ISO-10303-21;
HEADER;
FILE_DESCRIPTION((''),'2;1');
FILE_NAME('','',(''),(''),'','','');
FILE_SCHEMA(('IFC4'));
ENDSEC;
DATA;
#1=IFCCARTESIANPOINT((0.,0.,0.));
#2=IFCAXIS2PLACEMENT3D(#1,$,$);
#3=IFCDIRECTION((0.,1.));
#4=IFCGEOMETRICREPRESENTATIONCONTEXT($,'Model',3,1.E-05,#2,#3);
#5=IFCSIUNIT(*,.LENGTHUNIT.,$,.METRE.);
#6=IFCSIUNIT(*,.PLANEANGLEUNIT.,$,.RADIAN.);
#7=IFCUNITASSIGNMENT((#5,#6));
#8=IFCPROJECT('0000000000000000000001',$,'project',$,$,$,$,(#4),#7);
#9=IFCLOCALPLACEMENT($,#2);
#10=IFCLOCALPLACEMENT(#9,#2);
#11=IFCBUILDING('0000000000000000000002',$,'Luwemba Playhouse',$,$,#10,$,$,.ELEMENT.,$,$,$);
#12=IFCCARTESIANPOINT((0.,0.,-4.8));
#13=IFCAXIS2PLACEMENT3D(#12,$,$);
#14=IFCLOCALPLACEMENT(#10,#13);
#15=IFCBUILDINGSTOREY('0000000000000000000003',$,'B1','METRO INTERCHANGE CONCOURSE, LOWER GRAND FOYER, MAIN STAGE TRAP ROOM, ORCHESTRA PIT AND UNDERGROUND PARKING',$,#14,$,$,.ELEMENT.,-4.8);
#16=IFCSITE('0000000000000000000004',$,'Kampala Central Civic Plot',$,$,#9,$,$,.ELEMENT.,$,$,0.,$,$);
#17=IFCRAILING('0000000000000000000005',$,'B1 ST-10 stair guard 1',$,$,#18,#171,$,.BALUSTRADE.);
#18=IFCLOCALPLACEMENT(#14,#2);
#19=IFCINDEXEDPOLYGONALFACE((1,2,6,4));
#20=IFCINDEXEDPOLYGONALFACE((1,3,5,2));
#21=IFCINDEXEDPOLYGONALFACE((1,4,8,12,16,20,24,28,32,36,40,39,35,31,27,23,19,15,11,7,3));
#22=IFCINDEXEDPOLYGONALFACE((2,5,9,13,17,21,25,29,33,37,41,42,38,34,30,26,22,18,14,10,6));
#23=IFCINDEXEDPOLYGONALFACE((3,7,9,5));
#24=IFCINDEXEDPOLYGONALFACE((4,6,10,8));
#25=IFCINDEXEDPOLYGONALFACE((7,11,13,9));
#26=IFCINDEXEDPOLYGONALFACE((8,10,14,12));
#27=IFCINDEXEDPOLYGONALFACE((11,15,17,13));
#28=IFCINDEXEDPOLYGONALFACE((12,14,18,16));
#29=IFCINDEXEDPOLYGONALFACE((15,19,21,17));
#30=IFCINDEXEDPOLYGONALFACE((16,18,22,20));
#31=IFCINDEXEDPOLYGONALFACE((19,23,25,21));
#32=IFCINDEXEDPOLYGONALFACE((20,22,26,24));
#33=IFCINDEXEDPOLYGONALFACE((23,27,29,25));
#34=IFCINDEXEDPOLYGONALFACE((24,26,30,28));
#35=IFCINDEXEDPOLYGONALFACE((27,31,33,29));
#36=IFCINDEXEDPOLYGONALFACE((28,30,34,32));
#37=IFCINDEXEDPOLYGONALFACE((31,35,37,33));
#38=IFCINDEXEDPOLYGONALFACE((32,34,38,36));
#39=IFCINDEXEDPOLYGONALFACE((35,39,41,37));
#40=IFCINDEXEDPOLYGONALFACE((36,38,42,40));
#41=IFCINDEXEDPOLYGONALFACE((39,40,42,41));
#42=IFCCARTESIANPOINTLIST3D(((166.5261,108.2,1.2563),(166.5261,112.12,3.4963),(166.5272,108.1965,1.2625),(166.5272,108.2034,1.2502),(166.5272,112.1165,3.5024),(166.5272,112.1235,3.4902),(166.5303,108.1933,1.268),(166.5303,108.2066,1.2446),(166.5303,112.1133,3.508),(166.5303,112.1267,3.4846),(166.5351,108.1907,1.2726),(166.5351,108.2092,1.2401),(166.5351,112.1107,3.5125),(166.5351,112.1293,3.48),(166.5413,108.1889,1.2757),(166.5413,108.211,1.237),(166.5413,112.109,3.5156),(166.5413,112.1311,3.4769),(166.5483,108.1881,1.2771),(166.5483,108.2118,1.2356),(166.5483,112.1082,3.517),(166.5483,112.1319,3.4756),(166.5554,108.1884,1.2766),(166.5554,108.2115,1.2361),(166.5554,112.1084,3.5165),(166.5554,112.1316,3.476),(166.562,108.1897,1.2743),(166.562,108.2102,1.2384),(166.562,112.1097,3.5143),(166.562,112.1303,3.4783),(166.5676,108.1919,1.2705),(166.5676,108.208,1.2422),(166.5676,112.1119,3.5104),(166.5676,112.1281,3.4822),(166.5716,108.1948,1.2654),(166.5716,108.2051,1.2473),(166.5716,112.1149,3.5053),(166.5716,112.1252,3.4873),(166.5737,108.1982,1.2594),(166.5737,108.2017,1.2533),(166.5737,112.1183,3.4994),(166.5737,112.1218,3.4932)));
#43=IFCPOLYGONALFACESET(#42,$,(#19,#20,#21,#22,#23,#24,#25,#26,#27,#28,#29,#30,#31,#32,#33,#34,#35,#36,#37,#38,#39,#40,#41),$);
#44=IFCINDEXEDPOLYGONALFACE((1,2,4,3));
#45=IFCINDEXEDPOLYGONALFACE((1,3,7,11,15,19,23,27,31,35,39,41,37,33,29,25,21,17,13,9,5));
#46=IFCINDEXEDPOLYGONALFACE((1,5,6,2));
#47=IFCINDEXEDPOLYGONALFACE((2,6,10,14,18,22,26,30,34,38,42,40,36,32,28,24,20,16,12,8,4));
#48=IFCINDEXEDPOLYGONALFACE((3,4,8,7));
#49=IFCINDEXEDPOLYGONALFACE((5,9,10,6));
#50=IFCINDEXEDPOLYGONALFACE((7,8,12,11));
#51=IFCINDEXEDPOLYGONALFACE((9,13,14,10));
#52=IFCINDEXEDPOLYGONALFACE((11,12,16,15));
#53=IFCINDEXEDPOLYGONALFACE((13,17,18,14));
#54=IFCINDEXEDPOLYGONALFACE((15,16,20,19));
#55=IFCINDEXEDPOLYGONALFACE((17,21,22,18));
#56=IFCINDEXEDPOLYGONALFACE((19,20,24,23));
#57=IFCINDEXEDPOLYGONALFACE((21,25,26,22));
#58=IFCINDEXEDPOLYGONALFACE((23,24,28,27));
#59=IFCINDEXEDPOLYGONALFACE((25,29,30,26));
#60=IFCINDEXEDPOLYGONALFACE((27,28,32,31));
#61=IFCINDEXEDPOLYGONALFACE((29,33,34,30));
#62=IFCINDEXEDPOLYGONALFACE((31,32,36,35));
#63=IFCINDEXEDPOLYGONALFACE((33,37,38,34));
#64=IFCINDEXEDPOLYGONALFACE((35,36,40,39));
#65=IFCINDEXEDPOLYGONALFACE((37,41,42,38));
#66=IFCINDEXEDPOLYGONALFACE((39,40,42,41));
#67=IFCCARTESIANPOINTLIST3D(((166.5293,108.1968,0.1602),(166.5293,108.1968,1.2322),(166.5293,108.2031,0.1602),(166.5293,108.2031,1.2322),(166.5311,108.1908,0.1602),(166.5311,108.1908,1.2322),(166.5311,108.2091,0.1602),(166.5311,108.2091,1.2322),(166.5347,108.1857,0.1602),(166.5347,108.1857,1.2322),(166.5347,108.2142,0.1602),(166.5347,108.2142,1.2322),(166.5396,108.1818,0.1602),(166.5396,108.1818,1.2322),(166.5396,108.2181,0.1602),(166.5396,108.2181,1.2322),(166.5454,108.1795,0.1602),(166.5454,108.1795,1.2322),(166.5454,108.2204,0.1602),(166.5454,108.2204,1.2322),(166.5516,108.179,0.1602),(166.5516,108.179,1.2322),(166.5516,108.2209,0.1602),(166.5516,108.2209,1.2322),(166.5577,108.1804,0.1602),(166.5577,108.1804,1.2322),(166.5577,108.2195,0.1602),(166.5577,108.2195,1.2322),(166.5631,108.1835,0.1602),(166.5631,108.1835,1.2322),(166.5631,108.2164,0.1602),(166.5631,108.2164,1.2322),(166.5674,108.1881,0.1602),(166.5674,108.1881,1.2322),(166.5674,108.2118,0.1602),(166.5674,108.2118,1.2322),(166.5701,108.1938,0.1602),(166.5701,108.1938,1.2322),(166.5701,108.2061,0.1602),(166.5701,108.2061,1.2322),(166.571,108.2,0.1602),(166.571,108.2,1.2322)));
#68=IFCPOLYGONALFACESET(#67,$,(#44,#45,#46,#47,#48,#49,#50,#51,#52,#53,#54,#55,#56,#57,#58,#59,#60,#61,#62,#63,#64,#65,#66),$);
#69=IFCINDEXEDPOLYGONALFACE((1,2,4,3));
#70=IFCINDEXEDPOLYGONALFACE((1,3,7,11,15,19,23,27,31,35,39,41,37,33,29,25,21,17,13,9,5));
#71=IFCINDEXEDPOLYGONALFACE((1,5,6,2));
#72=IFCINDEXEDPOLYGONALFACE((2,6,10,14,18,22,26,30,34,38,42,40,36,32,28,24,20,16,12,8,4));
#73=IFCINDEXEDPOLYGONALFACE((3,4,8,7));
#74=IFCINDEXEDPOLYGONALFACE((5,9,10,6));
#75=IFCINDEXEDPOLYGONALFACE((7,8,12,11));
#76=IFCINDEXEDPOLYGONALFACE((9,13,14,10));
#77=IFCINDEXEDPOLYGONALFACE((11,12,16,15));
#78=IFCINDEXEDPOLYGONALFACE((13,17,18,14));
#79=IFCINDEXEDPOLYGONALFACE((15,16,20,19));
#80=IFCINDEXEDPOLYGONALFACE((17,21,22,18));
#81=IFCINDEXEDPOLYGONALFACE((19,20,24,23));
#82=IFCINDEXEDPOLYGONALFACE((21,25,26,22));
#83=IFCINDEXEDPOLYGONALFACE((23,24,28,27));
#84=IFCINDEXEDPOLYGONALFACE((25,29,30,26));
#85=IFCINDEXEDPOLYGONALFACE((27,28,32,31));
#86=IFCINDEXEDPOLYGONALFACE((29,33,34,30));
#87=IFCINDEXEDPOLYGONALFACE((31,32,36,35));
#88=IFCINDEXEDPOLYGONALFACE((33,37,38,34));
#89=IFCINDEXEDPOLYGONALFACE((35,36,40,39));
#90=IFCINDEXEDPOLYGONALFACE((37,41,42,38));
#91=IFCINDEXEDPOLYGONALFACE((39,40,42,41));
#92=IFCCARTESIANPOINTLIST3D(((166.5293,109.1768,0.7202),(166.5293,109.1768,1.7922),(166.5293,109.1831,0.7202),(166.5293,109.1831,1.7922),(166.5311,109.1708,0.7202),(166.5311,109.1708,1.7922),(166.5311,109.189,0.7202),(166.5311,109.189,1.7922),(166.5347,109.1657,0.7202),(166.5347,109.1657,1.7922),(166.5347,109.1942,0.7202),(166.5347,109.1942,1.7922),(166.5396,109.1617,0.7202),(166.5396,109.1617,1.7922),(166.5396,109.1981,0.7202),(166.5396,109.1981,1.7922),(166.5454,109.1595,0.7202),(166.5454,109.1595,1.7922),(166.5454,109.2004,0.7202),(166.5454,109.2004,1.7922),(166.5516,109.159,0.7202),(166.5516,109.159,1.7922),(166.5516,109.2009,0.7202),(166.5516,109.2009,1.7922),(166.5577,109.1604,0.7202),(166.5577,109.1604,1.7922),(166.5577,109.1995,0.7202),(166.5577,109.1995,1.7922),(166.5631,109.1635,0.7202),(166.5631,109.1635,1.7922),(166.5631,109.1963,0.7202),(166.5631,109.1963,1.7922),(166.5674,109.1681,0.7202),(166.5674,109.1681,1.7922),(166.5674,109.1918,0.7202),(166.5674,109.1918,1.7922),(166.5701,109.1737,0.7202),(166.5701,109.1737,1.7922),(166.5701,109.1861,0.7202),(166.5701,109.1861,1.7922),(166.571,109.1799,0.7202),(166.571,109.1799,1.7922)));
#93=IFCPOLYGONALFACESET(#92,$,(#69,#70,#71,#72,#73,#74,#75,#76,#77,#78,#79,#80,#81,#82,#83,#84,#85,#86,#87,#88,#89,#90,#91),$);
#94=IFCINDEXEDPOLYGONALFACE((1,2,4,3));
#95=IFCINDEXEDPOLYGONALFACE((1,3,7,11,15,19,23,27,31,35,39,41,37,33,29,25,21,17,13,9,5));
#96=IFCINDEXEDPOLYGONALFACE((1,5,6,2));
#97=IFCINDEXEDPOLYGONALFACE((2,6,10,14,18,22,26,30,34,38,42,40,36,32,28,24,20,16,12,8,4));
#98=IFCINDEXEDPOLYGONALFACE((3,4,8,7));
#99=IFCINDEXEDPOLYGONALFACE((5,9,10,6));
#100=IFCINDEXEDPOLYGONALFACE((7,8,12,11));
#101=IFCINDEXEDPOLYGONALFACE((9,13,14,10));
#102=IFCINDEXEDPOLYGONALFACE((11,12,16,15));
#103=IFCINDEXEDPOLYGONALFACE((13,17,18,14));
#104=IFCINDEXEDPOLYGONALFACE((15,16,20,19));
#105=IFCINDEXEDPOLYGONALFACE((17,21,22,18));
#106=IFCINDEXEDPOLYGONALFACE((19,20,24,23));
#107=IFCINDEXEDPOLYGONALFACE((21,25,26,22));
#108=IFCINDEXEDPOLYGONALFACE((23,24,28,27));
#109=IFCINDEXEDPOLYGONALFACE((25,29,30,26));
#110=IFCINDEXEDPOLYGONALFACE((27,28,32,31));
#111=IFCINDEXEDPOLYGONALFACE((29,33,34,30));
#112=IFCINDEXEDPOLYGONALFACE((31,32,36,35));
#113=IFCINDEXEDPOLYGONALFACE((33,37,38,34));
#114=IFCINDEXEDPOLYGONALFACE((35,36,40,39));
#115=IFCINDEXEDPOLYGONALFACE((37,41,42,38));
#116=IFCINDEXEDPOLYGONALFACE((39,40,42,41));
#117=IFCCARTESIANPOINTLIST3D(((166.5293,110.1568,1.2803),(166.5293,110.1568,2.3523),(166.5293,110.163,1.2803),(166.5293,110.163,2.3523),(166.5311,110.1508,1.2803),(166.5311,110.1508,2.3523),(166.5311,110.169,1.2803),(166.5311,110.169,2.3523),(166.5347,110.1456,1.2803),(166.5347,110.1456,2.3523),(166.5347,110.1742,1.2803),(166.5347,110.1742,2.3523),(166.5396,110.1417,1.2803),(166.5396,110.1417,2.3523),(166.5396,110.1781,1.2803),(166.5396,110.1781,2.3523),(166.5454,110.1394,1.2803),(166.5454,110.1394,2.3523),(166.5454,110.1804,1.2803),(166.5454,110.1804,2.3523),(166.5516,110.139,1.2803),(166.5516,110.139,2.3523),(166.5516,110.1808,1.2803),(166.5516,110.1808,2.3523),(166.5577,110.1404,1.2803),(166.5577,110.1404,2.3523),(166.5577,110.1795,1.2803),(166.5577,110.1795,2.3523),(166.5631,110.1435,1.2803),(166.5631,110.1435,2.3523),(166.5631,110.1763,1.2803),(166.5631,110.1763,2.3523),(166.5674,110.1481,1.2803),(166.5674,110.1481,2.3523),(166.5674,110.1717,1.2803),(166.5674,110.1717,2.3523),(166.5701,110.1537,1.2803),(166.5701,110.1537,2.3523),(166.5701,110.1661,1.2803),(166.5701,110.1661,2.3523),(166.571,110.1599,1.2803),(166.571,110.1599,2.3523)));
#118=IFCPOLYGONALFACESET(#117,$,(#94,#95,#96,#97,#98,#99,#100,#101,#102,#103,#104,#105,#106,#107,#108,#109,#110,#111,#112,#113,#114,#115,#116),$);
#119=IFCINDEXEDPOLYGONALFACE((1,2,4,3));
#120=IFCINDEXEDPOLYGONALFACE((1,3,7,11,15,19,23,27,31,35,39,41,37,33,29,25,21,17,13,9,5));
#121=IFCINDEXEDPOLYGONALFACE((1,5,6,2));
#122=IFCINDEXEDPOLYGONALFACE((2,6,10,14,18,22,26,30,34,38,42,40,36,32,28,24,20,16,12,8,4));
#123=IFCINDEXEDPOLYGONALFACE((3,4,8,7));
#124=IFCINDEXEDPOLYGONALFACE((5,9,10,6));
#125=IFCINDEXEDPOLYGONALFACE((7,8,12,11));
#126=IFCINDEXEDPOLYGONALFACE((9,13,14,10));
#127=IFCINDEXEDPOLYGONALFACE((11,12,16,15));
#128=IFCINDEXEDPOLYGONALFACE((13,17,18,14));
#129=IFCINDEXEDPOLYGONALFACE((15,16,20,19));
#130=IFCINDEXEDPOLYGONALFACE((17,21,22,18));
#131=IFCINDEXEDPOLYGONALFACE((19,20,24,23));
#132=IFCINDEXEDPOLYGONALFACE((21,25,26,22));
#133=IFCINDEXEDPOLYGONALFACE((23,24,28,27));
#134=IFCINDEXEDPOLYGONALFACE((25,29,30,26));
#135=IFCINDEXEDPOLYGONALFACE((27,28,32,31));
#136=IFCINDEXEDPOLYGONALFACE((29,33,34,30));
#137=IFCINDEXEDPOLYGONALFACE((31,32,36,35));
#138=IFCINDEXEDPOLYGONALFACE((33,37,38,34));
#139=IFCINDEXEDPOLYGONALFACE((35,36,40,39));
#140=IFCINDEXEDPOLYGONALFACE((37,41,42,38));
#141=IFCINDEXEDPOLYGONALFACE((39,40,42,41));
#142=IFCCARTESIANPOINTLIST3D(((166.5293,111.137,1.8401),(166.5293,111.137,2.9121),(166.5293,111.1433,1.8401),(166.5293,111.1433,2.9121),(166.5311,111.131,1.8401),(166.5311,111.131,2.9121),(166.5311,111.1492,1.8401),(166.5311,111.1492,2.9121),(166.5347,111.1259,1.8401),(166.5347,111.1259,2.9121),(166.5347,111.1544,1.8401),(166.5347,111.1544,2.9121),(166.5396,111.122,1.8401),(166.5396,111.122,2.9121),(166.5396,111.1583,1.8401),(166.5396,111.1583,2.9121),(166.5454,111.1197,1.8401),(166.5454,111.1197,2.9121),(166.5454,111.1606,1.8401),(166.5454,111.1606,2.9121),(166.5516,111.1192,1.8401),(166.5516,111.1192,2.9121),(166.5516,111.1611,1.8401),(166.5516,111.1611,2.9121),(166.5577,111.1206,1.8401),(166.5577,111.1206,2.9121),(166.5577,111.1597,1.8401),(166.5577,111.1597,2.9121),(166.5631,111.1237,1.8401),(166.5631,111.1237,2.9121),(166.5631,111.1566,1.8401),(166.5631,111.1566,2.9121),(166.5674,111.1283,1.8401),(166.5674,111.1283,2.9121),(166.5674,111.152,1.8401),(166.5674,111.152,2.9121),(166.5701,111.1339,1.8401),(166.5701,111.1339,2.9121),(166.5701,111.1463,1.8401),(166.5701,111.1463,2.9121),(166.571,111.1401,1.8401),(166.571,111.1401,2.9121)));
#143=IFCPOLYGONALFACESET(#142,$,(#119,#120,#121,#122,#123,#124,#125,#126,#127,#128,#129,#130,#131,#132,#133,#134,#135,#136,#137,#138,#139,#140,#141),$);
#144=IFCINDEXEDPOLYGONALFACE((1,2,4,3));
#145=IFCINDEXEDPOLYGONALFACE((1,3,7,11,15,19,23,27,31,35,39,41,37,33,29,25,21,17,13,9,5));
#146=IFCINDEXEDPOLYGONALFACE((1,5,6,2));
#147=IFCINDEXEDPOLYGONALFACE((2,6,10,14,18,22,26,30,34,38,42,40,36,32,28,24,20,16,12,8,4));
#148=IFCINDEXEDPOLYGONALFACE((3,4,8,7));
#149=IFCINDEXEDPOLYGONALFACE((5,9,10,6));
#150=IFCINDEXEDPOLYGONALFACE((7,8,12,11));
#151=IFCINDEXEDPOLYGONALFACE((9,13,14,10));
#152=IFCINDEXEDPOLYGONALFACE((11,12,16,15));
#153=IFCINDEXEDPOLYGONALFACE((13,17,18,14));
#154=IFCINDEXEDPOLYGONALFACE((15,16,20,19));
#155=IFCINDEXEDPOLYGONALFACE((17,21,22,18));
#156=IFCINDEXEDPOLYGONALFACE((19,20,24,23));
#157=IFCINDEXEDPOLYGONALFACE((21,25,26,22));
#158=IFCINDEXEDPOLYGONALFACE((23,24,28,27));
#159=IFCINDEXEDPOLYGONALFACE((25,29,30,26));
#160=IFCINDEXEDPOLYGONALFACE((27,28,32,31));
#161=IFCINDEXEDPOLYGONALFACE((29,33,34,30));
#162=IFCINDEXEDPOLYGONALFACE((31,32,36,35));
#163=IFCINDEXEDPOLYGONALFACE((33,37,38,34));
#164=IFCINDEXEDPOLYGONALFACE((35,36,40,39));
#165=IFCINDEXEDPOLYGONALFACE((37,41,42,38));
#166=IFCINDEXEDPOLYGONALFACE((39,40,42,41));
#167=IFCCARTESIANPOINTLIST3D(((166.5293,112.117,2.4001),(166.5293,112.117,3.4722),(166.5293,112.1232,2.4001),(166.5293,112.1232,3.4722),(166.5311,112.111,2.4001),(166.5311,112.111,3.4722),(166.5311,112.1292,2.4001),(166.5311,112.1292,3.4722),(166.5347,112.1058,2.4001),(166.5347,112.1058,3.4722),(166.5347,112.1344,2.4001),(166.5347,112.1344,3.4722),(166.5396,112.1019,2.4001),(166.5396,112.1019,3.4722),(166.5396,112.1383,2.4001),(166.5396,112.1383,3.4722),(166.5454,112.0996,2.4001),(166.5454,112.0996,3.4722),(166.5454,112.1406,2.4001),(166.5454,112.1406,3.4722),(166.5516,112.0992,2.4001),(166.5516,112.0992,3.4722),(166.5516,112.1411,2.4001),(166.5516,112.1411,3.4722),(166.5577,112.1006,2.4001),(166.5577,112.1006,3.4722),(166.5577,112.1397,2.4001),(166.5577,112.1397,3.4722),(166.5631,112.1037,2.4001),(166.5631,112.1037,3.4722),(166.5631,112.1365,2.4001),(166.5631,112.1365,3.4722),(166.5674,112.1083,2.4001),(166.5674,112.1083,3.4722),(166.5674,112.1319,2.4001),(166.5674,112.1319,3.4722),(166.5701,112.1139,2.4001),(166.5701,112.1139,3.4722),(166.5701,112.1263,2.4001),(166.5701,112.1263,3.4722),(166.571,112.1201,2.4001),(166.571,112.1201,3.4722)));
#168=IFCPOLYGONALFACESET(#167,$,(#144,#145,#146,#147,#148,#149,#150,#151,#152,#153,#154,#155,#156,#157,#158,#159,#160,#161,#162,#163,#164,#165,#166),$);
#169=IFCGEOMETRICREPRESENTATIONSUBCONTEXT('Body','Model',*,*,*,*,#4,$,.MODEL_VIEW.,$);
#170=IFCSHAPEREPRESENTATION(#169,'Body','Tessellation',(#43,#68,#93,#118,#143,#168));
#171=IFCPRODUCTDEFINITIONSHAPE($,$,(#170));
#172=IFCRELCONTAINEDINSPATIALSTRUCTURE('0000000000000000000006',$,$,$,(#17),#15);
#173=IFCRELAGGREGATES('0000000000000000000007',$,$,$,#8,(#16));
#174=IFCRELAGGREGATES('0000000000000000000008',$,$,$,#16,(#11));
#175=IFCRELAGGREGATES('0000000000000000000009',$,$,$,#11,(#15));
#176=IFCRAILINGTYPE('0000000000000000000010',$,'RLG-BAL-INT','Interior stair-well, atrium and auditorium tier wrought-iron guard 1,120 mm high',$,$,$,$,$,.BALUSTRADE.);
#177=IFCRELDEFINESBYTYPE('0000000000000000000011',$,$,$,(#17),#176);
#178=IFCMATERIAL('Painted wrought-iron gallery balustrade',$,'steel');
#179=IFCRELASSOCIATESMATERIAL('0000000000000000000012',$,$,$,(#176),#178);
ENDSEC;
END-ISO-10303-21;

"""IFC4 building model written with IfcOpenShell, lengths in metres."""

from ifc_helpers import new_model, si_unit, direction, frame, origin, origin_2d, place, context, subcontext, project, spatial, circle, extrude, material, type_object, element, save


model = new_model("IFC4")

# Units and contexts
model_context = context("Model", 3, precision=1e-05, world=origin(), true_north=direction((0.0, 1.0)))
body_context = subcontext(model_context, "Body", "Model", "MODEL_VIEW")
ifc_project = project(units=[si_unit("LENGTHUNIT", "METRE"), si_unit("PLANEANGLEUNIT", "RADIAN")], contexts=[model_context])

# Site, building, storey
site_placement = place(None, origin())
site = spatial("IfcSite", under=ifc_project, at=site_placement, Name="Kampala Central Civic Plot", CompositionType="ELEMENT", RefElevation=0.0)
building_placement = place(site_placement, origin())
building = spatial("IfcBuilding", under=site, at=building_placement, Name="Luwemba Playhouse", CompositionType="ELEMENT")
storey_placement = place(building_placement, frame((0.0, 0.0, -4.8)))
storey = spatial("IfcBuildingStorey", under=building, at=storey_placement, Name="B1", Description="METRO INTERCHANGE CONCOURSE, LOWER GRAND FOYER, MAIN STAGE TRAP ROOM, ORCHESTRA PIT AND UNDERGROUND PARKING", CompositionType="ELEMENT", Elevation=-4.8)

# Railing
ifc_material_1 = material(Name="Painted wrought-iron gallery balustrade", Category="steel")
railing_type_1 = type_object("IfcRailingType", Name="RLG-BAL-INT", Description="Interior stair-well, atrium and auditorium tier wrought-iron guard 1,120 mm high", PredefinedType="BALUSTRADE", material=ifc_material_1)
railing_1_placement = place(storey_placement, frame((166.55, 108.2, 0.1602)))
element("IfcRailing", 1, at=railing_1_placement, inside=storey, type_object=railing_type_1, Name="B1 ST-10 stair guard 1", PredefinedType="BALUSTRADE", context=body_context, shape_type="SweptSolid", body=[
    extrude(circle(Radius=0.0239, at=origin_2d()), frame((0.0, 0.0, 1.0962), z_axis=(0.0, 0.868253, 0.496121), x_axis=(-1.0, 0.0, 0.0)), (0.0, 0.0, 1.0), 4.5149),
    extrude(circle(Radius=0.021, at=origin_2d()), origin(), (0.0, 0.0, 1.0), 1.072),
    extrude(circle(Radius=0.021, at=origin_2d()), frame((0.0, 0.98, 0.5601)), (0.0, 0.0, 1.0), 1.072),
    extrude(circle(Radius=0.021, at=origin_2d()), frame((0.0, 1.96, 1.1201)), (0.0, 0.0, 1.0), 1.072),
    extrude(circle(Radius=0.021, at=origin_2d()), frame((0.0, 2.9402, 1.6799)), (0.0, 0.0, 1.0), 1.072),
    extrude(circle(Radius=0.021, at=origin_2d()), frame((0.0, 3.9202, 2.24)), (0.0, 0.0, 1.0), 1.072),
])

save(model, "model.ifc")
